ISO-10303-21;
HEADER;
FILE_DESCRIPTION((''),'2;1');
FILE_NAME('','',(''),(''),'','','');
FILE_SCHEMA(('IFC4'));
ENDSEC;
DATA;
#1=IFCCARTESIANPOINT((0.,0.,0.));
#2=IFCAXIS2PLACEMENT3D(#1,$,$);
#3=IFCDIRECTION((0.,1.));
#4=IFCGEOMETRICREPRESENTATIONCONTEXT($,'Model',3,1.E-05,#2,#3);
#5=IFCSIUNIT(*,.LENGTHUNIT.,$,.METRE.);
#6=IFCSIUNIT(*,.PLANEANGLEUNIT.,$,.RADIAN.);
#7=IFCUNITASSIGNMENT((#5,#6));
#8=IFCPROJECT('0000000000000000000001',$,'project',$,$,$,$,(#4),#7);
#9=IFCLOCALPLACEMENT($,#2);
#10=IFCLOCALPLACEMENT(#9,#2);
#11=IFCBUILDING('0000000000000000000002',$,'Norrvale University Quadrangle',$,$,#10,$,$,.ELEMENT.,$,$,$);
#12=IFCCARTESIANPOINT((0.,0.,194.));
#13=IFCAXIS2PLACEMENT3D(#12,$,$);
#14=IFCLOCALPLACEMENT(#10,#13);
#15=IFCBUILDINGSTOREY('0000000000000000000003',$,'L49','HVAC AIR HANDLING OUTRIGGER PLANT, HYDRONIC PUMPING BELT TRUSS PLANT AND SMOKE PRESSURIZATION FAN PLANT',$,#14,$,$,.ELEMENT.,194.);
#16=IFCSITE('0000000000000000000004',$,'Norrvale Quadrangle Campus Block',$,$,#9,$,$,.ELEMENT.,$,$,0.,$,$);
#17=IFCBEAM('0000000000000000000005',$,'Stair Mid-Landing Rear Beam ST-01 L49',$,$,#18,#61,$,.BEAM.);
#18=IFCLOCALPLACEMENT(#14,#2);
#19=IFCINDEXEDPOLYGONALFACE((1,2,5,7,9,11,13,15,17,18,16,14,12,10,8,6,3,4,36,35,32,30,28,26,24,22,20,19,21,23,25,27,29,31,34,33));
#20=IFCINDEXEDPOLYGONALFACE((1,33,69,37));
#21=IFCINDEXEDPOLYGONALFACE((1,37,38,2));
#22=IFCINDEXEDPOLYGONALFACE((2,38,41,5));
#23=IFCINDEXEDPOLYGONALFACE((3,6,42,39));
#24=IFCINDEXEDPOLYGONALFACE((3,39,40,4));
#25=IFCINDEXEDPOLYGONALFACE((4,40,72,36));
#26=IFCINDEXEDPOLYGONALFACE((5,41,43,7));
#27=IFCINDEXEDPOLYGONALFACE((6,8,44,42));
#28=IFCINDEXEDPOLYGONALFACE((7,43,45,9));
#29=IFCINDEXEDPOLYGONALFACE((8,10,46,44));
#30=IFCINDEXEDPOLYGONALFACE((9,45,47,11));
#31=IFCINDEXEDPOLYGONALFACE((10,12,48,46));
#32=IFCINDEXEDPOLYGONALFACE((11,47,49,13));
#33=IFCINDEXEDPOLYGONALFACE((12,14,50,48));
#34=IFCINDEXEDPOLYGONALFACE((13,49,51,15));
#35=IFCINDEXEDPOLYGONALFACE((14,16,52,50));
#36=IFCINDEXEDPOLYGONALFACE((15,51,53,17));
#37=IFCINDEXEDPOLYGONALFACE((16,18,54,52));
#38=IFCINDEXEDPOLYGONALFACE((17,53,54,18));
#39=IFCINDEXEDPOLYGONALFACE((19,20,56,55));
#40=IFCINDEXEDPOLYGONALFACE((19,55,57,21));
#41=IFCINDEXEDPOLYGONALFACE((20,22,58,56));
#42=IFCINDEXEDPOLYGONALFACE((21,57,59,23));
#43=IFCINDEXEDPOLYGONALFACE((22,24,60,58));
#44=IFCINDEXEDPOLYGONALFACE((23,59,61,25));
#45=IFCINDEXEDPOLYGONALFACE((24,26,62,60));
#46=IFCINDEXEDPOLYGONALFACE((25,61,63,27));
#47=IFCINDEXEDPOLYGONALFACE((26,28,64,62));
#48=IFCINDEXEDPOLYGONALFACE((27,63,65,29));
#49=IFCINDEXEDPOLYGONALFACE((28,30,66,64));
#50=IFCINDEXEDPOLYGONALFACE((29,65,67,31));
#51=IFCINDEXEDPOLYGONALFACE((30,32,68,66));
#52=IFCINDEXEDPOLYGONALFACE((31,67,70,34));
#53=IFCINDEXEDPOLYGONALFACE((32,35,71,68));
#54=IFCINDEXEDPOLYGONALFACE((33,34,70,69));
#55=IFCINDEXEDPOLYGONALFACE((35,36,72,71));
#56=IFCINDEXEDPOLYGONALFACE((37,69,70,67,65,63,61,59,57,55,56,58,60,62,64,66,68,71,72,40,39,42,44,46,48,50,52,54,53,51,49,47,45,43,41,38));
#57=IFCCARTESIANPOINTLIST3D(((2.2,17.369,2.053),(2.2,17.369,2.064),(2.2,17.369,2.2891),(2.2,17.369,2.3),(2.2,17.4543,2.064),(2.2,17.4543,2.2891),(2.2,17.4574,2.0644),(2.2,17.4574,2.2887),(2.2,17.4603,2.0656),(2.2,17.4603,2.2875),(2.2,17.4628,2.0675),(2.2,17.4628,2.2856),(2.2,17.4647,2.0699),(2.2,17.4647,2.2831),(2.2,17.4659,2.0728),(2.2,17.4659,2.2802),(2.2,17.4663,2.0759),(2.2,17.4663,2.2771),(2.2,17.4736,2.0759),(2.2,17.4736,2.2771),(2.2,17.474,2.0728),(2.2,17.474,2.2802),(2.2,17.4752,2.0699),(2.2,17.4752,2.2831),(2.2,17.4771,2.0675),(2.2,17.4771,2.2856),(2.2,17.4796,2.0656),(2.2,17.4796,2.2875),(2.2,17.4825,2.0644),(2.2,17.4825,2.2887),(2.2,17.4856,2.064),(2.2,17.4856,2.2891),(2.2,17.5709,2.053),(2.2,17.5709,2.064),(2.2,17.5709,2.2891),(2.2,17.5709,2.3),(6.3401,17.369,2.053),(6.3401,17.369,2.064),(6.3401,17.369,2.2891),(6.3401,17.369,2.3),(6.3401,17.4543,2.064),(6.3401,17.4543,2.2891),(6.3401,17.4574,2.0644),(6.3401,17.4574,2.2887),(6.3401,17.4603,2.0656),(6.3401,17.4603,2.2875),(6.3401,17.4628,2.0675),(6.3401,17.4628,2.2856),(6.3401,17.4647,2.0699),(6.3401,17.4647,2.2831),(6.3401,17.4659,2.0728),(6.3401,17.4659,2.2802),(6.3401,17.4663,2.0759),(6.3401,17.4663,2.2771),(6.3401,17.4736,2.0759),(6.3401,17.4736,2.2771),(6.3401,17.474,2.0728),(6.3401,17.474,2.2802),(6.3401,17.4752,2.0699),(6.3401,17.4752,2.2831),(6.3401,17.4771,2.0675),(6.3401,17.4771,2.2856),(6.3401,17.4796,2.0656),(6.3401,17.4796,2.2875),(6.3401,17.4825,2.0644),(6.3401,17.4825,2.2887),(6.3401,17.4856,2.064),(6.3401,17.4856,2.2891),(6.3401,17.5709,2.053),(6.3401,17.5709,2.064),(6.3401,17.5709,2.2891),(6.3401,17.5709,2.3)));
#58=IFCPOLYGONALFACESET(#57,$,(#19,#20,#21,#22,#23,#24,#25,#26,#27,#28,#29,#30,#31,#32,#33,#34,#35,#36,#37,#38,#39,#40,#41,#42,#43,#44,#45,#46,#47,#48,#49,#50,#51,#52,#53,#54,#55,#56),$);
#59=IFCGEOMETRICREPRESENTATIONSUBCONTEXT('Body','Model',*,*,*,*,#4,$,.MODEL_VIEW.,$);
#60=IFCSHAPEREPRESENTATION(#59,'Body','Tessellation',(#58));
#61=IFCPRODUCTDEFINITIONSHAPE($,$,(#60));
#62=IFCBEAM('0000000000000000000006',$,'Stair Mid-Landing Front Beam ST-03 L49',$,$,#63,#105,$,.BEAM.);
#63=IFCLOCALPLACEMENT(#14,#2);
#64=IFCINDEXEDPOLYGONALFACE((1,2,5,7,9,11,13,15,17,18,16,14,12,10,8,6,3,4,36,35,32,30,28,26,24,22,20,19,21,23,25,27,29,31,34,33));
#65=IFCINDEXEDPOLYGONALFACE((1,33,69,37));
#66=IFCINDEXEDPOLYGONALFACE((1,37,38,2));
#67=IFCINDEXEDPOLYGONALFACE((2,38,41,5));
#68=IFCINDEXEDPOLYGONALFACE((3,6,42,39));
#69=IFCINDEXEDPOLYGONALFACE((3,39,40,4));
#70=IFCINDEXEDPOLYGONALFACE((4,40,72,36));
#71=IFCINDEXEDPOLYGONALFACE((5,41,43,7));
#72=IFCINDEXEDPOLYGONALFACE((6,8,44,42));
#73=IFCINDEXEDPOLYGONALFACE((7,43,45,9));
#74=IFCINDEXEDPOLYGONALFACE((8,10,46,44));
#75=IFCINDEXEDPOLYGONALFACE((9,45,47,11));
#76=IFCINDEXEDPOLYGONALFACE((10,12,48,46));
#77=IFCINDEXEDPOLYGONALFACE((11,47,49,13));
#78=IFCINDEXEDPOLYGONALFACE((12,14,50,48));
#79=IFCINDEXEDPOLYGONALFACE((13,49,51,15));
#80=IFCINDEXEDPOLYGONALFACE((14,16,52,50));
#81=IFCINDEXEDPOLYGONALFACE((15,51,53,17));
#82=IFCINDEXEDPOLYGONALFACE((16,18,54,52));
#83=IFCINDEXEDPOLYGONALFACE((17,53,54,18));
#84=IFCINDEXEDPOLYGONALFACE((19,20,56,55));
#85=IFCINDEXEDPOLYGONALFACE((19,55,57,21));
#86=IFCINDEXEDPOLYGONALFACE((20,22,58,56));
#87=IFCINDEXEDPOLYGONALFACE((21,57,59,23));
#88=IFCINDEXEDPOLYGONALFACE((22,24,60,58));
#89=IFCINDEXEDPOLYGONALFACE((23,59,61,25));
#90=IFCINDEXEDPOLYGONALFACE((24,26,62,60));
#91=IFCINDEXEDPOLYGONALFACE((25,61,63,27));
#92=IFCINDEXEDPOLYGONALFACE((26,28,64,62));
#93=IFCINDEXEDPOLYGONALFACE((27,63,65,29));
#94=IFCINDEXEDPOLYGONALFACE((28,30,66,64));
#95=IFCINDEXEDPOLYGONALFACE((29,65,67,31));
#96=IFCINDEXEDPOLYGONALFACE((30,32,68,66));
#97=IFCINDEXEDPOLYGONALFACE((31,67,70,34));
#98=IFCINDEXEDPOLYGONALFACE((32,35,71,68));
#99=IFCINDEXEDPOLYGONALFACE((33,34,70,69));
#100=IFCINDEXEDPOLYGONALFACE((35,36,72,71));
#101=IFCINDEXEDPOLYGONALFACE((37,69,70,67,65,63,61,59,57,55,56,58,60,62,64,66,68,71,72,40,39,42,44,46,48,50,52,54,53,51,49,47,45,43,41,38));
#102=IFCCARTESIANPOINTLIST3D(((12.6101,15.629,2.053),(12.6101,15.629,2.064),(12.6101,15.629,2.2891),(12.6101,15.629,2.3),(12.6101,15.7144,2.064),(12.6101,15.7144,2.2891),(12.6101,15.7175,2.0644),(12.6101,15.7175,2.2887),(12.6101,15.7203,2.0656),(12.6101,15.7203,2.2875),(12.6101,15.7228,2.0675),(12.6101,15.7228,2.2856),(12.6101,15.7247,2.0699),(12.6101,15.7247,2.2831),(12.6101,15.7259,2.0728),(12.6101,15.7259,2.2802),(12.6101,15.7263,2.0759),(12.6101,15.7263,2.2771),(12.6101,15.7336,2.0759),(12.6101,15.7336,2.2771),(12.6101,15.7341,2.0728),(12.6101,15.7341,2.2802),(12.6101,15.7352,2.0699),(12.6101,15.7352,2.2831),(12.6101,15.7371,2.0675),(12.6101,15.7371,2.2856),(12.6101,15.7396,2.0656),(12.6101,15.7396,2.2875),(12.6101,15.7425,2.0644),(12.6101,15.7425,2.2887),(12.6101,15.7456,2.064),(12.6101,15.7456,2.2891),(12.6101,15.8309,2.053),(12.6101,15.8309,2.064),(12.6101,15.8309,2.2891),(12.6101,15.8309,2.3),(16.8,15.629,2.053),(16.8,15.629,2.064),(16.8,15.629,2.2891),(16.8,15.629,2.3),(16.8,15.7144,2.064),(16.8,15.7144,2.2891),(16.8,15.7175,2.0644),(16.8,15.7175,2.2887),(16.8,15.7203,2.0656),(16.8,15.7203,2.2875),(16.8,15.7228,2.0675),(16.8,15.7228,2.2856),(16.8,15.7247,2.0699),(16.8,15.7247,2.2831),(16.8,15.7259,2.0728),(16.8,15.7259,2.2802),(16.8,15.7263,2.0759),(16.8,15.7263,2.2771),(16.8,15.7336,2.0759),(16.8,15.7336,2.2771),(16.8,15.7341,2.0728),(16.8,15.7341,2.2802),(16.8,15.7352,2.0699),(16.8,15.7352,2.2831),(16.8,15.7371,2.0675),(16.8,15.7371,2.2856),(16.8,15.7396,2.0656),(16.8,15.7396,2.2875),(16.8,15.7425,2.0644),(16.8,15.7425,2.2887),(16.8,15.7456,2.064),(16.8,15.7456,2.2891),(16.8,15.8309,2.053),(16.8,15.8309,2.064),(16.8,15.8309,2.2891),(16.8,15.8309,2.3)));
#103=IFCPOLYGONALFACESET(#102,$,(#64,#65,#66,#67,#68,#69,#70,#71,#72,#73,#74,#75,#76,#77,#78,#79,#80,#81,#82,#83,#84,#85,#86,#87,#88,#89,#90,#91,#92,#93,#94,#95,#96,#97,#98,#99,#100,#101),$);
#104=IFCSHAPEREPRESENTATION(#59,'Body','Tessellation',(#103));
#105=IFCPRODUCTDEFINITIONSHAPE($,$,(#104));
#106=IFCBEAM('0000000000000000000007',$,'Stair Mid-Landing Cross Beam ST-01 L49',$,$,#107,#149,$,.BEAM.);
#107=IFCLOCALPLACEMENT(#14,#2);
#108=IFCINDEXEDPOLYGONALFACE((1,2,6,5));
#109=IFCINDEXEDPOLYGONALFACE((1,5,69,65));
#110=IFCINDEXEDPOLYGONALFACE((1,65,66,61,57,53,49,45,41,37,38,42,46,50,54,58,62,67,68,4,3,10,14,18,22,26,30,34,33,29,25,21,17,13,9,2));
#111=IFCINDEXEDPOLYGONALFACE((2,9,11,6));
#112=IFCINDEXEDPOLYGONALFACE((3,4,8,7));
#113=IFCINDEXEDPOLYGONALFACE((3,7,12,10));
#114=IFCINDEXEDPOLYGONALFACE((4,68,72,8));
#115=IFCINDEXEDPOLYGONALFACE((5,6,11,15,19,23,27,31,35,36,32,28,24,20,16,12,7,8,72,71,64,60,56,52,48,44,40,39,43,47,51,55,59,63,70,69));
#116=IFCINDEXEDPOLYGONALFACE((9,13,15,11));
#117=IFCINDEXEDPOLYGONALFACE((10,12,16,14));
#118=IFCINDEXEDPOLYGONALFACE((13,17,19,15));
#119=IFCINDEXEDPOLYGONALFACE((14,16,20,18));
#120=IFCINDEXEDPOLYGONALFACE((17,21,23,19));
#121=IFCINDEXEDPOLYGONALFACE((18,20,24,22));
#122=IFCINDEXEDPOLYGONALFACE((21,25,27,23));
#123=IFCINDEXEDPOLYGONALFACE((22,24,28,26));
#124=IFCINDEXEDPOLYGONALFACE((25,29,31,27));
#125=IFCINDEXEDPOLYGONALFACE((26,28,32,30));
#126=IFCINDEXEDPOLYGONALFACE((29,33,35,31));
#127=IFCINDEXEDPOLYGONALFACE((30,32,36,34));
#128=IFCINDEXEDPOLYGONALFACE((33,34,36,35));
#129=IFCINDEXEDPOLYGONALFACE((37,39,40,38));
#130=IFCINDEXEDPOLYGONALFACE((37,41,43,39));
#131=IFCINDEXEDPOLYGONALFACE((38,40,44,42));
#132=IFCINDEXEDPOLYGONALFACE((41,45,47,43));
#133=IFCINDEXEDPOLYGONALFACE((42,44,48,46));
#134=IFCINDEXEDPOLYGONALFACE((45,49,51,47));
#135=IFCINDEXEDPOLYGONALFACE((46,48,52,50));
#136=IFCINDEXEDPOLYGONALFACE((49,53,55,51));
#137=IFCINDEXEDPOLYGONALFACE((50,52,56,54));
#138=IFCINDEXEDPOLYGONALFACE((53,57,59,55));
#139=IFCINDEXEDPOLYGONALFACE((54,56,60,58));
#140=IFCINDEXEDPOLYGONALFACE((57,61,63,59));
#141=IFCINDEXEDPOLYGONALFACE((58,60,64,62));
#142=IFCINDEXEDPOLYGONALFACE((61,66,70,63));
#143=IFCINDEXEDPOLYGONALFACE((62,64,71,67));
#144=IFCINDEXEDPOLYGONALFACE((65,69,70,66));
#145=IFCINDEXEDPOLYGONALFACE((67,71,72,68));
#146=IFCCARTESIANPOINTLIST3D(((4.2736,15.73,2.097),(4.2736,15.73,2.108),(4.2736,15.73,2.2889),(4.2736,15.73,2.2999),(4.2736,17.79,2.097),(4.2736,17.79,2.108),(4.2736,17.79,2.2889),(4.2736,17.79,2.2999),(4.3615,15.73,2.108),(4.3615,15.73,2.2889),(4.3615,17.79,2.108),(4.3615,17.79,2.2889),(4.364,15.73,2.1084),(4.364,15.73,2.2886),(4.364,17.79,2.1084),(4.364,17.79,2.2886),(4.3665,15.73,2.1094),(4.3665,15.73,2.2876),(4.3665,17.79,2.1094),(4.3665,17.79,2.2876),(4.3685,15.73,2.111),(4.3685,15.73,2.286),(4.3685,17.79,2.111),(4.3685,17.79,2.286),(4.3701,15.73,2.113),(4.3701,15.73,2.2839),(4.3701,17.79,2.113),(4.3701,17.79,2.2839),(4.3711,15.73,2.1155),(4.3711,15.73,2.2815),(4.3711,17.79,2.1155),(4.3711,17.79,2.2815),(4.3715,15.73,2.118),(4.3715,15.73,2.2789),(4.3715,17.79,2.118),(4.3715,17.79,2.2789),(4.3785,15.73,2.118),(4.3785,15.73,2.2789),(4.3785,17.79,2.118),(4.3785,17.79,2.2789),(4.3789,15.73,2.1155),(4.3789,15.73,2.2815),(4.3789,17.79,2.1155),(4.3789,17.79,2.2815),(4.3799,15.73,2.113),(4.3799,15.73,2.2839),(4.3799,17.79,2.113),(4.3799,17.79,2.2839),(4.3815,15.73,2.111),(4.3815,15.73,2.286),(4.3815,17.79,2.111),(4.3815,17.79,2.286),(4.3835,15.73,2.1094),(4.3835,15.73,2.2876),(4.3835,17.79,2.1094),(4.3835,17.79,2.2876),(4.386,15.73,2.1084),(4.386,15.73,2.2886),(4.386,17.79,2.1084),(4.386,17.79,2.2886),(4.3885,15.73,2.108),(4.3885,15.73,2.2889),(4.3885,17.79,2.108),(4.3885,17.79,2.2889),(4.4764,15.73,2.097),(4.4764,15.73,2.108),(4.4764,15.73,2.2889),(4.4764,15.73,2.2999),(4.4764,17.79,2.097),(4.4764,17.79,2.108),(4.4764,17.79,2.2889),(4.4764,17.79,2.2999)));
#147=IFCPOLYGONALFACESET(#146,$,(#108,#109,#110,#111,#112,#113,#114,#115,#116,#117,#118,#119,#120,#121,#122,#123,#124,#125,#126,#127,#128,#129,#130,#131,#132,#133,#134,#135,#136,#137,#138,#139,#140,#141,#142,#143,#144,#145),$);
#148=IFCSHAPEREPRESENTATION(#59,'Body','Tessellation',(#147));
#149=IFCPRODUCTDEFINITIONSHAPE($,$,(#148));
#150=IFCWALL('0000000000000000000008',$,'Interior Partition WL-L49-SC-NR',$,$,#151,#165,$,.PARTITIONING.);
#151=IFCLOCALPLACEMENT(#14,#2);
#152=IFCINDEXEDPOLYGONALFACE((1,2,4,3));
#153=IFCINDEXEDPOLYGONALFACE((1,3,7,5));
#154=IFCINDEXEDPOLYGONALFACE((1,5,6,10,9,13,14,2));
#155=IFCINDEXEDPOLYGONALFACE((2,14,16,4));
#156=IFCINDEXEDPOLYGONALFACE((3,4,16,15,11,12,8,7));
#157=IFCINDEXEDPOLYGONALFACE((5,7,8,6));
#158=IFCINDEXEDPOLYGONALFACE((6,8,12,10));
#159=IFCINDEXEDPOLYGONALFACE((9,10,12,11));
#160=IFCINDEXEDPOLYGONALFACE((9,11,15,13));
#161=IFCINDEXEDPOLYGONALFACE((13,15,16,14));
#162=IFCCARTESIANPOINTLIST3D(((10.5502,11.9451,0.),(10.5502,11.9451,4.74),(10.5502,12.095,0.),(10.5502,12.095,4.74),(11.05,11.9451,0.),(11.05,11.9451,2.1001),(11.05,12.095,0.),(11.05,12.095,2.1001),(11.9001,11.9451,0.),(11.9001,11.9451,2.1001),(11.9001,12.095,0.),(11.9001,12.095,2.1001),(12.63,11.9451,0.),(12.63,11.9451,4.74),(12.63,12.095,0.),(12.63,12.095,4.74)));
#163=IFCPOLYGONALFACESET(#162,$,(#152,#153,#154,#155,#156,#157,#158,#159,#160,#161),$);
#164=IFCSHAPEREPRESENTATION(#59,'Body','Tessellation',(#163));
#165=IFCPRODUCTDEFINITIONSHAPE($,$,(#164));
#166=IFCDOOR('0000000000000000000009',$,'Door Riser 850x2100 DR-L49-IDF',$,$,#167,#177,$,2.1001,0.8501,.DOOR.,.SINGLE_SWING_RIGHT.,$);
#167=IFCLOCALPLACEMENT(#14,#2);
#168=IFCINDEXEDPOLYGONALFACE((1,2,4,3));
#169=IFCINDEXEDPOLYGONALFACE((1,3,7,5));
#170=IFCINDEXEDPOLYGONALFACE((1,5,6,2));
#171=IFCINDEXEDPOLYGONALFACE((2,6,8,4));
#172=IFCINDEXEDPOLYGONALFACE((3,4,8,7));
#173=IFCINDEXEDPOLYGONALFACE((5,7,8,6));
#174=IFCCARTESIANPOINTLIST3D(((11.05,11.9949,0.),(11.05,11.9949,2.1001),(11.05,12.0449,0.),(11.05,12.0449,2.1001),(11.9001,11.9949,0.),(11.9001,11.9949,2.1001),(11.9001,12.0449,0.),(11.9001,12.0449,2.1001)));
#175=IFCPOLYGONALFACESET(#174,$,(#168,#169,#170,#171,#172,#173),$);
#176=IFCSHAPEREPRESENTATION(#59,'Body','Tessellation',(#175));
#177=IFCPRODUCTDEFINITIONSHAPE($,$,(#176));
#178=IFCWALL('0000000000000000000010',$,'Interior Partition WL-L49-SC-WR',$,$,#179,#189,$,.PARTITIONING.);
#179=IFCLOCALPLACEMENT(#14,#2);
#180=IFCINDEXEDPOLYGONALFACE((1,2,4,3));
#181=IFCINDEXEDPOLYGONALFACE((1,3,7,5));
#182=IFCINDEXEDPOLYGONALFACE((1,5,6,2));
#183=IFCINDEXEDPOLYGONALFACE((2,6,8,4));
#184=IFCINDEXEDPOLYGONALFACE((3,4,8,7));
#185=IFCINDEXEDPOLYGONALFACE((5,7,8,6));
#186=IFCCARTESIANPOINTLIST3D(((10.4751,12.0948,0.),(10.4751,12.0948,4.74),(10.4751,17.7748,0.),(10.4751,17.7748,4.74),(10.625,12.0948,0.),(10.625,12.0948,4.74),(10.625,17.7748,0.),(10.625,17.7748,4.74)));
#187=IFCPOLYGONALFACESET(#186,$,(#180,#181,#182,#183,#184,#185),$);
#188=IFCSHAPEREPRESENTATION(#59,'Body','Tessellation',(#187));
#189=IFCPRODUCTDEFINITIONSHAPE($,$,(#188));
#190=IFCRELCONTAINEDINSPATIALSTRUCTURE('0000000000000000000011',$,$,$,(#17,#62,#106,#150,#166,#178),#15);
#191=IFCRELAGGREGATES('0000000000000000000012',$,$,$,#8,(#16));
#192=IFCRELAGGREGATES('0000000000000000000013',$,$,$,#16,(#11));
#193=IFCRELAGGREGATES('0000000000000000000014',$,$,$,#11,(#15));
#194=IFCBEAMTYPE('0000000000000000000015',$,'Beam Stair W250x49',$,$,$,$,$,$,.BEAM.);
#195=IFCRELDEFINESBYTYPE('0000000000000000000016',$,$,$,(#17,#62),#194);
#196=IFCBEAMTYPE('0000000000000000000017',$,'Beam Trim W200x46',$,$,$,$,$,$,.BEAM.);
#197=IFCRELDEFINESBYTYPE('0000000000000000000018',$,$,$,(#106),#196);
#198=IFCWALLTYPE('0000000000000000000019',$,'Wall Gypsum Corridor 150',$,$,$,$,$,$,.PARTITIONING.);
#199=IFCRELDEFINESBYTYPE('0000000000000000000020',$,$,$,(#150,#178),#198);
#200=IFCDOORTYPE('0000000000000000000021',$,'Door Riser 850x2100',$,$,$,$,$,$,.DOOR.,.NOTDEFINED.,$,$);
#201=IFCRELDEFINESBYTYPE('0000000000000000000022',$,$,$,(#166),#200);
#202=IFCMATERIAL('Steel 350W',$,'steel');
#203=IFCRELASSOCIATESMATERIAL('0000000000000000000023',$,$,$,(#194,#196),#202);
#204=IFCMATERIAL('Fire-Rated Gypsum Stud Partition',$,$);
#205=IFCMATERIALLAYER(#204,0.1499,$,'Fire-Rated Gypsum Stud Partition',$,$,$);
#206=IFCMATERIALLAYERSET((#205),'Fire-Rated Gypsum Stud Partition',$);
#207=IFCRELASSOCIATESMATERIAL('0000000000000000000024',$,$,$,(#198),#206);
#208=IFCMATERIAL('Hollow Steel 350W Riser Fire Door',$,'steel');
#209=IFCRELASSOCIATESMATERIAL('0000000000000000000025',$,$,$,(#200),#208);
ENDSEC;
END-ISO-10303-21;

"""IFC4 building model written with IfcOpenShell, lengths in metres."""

from ifc_helpers import new_model, si_unit, direction, frame, frame_2d, origin, origin_2d, place, context, subcontext, project, spatial, rectangle, i_section, extrude, material, layer, layer_set, material_profile, profile_set, type_object, element, fill, save


model = new_model("IFC4")

# Units and contexts
model_context = context("Model", 3, precision=1e-05, world=origin(), true_north=direction((0.0, 1.0)))
body_context = subcontext(model_context, "Body", "Model", "MODEL_VIEW")
ifc_project = project(units=[si_unit("LENGTHUNIT", "METRE"), si_unit("PLANEANGLEUNIT", "RADIAN")], contexts=[model_context])

# Site, building, storey
site_placement = place(None, origin())
site = spatial("IfcSite", under=ifc_project, at=site_placement, Name="Norrvale Quadrangle Campus Block", CompositionType="ELEMENT", RefElevation=0.0)
building_placement = place(site_placement, origin())
building = spatial("IfcBuilding", under=site, at=building_placement, Name="Norrvale University Quadrangle", CompositionType="ELEMENT")
storey_placement = place(building_placement, frame((0.0, 0.0, 194.0)))
storey = spatial("IfcBuildingStorey", under=building, at=storey_placement, Name="L49", Description="HVAC AIR HANDLING OUTRIGGER PLANT, HYDRONIC PUMPING BELT TRUSS PLANT AND SMOKE PRESSURIZATION FAN PLANT", CompositionType="ELEMENT", Elevation=194.0)

# Beams
ifc_material_1 = material(Name="Steel 350W", Category="steel")
ifc_material_profile_1 = material_profile(ifc_material_1, i_section(OverallWidth=0.2019, OverallDepth=0.2471, WebThickness=0.0073, FlangeThickness=0.011, FilletRadius=0.012, at=origin_2d()), Name="Steel 350W")
ifc_profile_set_1 = profile_set([ifc_material_profile_1], Name="Steel 350W")
beam_type_1 = type_object("IfcBeamType", Name="Beam Stair W250x49", PredefinedType="BEAM", material=ifc_profile_set_1)
for number, where, z_axis, x_axis, name in (
    (1, (2.2, 17.47, 2.1765), (1.0, 0.0, 0.0), (0.0, 1.0, 0.0), "Stair Mid-Landing Rear Beam ST-01 L49"),
):
    element("IfcBeam", number, at=place(storey_placement, frame(where, z_axis=z_axis, x_axis=x_axis)), inside=storey, type_object=beam_type_1, Name=name, PredefinedType="BEAM", context=body_context, shape_type="SweptSolid", body=[
        extrude(i_section(OverallWidth=0.2019, OverallDepth=0.2471, WebThickness=0.0073, FlangeThickness=0.011, FilletRadius=0.012, at=origin_2d()), origin(), (0.0, 0.0, 1.0), 4.1401),
    ])
beam_1_placement = place(storey_placement, frame((12.6101, 15.73, 2.1765), z_axis=(1.0, 0.0, 0.0), x_axis=(0.0, 1.0, 0.0)))
element("IfcBeam", 2, at=beam_1_placement, inside=storey, type_object=beam_type_1, Name="Stair Mid-Landing Front Beam ST-03 L49", PredefinedType="BEAM", context=body_context, shape_type="SweptSolid", body=[
    extrude(i_section(OverallWidth=0.2019, OverallDepth=0.2471, WebThickness=0.0073, FlangeThickness=0.011, FilletRadius=0.012, at=origin_2d()), origin(), (0.0, 0.0, 1.0), 4.1899),
])
ifc_material_profile_2 = material_profile(ifc_material_1, i_section(OverallWidth=0.2029, OverallDepth=0.2029, WebThickness=0.0071, FlangeThickness=0.011, FilletRadius=0.01, at=origin_2d()), Name="Steel 350W")
ifc_profile_set_2 = profile_set([ifc_material_profile_2], Name="Steel 350W")
beam_type_2 = type_object("IfcBeamType", Name="Beam Trim W200x46", PredefinedType="BEAM", material=ifc_profile_set_2)
beam_2_placement = place(storey_placement, frame((4.375, 15.73, 2.1985), z_axis=(0.0, 1.0, 0.0), x_axis=(-1.0, 0.0, 0.0)))
element("IfcBeam", 3, at=beam_2_placement, inside=storey, type_object=beam_type_2, Name="Stair Mid-Landing Cross Beam ST-01 L49", PredefinedType="BEAM", context=body_context, shape_type="SweptSolid", body=[
    extrude(i_section(OverallWidth=0.2029, OverallDepth=0.2029, WebThickness=0.0071, FlangeThickness=0.011, FilletRadius=0.01, at=origin_2d()), origin(), (0.0, 0.0, 1.0), 2.0601),
])

# Wall, opening, door
ifc_material_2 = material(Name="Fire-Rated Gypsum Stud Partition")
ifc_layer_1 = layer(ifc_material_2, 0.1499, Name="Fire-Rated Gypsum Stud Partition")
ifc_layer_set_1 = layer_set([ifc_layer_1], Name="Fire-Rated Gypsum Stud Partition")
wall_type_1 = type_object("IfcWallType", Name="Wall Gypsum Corridor 150", PredefinedType="PARTITIONING", material=ifc_layer_set_1)
wall_1_placement = place(storey_placement, frame((10.55, 12.02, 0.0), z_axis=(0.0, 0.0, 1.0), x_axis=(1.0, 0.0, 0.0)))
wall_1 = element("IfcWall", 4, at=wall_1_placement, inside=storey, type_object=wall_type_1, Name="Interior Partition WL-L49-SC-NR", PredefinedType="PARTITIONING", context=body_context, shape_type="SweptSolid", body=[
    extrude(rectangle(XDim=2.0798, YDim=0.1499, at=frame_2d((1.04, 0.0))), origin(), (0.0, 0.0, 1.0), 4.74),
])
opening_1_placement = place(wall_1_placement, frame((0.5, 0.0, 0.0)))
opening_1 = element("IfcOpeningElement", 5, at=opening_1_placement, cuts=wall_1, PredefinedType="OPENING", context=body_context, shape_type="SweptSolid", body=[
    extrude(rectangle(XDim=0.8501, YDim=2.1001, at=frame_2d((0.425, 1.05))), frame((0.0, 0.0869, 0.0), z_axis=(0.0, -1.0, 0.0), x_axis=(1.0, 0.0, 0.0)), (0.0, 0.0, 1.0), 0.1738),
])
ifc_material_3 = material(Name="Hollow Steel 350W Riser Fire Door", Category="steel")
door_type_1 = type_object("IfcDoorType", Name="Door Riser 850x2100", OperationType="NOTDEFINED", PredefinedType="DOOR", material=ifc_material_3)
door_1_placement = place(opening_1_placement, origin())
door_1 = element("IfcDoor", 6, at=door_1_placement, inside=storey, type_object=door_type_1, Name="Door Riser 850x2100 DR-L49-IDF", OperationType="SINGLE_SWING_RIGHT", OverallHeight=2.1001, OverallWidth=0.8501, PredefinedType="DOOR", context=body_context, shape_type="SweptSolid", body=[
    extrude(rectangle(XDim=0.8501, YDim=2.1001, at=frame_2d((0.425, 1.05))), frame((0.0, 0.0249, 0.0), z_axis=(0.0, -1.0, 0.0), x_axis=(1.0, 0.0, 0.0)), (0.0, 0.0, 1.0), 0.05),
])
fill(opening_1, door_1)

# Wall
wall_2_placement = place(storey_placement, frame((10.55, 12.095, 0.0), z_axis=(0.0, 0.0, 1.0), x_axis=(0.0, 1.0, 0.0)))
element("IfcWall", 7, at=wall_2_placement, inside=storey, type_object=wall_type_1, Name="Interior Partition WL-L49-SC-WR", PredefinedType="PARTITIONING", context=body_context, shape_type="SweptSolid", body=[
    extrude(rectangle(XDim=5.6799, YDim=0.1499, at=frame_2d((2.8398, 0.0))), origin(), (0.0, 0.0, 1.0), 4.74),
])

save(model, "model.ifc")
